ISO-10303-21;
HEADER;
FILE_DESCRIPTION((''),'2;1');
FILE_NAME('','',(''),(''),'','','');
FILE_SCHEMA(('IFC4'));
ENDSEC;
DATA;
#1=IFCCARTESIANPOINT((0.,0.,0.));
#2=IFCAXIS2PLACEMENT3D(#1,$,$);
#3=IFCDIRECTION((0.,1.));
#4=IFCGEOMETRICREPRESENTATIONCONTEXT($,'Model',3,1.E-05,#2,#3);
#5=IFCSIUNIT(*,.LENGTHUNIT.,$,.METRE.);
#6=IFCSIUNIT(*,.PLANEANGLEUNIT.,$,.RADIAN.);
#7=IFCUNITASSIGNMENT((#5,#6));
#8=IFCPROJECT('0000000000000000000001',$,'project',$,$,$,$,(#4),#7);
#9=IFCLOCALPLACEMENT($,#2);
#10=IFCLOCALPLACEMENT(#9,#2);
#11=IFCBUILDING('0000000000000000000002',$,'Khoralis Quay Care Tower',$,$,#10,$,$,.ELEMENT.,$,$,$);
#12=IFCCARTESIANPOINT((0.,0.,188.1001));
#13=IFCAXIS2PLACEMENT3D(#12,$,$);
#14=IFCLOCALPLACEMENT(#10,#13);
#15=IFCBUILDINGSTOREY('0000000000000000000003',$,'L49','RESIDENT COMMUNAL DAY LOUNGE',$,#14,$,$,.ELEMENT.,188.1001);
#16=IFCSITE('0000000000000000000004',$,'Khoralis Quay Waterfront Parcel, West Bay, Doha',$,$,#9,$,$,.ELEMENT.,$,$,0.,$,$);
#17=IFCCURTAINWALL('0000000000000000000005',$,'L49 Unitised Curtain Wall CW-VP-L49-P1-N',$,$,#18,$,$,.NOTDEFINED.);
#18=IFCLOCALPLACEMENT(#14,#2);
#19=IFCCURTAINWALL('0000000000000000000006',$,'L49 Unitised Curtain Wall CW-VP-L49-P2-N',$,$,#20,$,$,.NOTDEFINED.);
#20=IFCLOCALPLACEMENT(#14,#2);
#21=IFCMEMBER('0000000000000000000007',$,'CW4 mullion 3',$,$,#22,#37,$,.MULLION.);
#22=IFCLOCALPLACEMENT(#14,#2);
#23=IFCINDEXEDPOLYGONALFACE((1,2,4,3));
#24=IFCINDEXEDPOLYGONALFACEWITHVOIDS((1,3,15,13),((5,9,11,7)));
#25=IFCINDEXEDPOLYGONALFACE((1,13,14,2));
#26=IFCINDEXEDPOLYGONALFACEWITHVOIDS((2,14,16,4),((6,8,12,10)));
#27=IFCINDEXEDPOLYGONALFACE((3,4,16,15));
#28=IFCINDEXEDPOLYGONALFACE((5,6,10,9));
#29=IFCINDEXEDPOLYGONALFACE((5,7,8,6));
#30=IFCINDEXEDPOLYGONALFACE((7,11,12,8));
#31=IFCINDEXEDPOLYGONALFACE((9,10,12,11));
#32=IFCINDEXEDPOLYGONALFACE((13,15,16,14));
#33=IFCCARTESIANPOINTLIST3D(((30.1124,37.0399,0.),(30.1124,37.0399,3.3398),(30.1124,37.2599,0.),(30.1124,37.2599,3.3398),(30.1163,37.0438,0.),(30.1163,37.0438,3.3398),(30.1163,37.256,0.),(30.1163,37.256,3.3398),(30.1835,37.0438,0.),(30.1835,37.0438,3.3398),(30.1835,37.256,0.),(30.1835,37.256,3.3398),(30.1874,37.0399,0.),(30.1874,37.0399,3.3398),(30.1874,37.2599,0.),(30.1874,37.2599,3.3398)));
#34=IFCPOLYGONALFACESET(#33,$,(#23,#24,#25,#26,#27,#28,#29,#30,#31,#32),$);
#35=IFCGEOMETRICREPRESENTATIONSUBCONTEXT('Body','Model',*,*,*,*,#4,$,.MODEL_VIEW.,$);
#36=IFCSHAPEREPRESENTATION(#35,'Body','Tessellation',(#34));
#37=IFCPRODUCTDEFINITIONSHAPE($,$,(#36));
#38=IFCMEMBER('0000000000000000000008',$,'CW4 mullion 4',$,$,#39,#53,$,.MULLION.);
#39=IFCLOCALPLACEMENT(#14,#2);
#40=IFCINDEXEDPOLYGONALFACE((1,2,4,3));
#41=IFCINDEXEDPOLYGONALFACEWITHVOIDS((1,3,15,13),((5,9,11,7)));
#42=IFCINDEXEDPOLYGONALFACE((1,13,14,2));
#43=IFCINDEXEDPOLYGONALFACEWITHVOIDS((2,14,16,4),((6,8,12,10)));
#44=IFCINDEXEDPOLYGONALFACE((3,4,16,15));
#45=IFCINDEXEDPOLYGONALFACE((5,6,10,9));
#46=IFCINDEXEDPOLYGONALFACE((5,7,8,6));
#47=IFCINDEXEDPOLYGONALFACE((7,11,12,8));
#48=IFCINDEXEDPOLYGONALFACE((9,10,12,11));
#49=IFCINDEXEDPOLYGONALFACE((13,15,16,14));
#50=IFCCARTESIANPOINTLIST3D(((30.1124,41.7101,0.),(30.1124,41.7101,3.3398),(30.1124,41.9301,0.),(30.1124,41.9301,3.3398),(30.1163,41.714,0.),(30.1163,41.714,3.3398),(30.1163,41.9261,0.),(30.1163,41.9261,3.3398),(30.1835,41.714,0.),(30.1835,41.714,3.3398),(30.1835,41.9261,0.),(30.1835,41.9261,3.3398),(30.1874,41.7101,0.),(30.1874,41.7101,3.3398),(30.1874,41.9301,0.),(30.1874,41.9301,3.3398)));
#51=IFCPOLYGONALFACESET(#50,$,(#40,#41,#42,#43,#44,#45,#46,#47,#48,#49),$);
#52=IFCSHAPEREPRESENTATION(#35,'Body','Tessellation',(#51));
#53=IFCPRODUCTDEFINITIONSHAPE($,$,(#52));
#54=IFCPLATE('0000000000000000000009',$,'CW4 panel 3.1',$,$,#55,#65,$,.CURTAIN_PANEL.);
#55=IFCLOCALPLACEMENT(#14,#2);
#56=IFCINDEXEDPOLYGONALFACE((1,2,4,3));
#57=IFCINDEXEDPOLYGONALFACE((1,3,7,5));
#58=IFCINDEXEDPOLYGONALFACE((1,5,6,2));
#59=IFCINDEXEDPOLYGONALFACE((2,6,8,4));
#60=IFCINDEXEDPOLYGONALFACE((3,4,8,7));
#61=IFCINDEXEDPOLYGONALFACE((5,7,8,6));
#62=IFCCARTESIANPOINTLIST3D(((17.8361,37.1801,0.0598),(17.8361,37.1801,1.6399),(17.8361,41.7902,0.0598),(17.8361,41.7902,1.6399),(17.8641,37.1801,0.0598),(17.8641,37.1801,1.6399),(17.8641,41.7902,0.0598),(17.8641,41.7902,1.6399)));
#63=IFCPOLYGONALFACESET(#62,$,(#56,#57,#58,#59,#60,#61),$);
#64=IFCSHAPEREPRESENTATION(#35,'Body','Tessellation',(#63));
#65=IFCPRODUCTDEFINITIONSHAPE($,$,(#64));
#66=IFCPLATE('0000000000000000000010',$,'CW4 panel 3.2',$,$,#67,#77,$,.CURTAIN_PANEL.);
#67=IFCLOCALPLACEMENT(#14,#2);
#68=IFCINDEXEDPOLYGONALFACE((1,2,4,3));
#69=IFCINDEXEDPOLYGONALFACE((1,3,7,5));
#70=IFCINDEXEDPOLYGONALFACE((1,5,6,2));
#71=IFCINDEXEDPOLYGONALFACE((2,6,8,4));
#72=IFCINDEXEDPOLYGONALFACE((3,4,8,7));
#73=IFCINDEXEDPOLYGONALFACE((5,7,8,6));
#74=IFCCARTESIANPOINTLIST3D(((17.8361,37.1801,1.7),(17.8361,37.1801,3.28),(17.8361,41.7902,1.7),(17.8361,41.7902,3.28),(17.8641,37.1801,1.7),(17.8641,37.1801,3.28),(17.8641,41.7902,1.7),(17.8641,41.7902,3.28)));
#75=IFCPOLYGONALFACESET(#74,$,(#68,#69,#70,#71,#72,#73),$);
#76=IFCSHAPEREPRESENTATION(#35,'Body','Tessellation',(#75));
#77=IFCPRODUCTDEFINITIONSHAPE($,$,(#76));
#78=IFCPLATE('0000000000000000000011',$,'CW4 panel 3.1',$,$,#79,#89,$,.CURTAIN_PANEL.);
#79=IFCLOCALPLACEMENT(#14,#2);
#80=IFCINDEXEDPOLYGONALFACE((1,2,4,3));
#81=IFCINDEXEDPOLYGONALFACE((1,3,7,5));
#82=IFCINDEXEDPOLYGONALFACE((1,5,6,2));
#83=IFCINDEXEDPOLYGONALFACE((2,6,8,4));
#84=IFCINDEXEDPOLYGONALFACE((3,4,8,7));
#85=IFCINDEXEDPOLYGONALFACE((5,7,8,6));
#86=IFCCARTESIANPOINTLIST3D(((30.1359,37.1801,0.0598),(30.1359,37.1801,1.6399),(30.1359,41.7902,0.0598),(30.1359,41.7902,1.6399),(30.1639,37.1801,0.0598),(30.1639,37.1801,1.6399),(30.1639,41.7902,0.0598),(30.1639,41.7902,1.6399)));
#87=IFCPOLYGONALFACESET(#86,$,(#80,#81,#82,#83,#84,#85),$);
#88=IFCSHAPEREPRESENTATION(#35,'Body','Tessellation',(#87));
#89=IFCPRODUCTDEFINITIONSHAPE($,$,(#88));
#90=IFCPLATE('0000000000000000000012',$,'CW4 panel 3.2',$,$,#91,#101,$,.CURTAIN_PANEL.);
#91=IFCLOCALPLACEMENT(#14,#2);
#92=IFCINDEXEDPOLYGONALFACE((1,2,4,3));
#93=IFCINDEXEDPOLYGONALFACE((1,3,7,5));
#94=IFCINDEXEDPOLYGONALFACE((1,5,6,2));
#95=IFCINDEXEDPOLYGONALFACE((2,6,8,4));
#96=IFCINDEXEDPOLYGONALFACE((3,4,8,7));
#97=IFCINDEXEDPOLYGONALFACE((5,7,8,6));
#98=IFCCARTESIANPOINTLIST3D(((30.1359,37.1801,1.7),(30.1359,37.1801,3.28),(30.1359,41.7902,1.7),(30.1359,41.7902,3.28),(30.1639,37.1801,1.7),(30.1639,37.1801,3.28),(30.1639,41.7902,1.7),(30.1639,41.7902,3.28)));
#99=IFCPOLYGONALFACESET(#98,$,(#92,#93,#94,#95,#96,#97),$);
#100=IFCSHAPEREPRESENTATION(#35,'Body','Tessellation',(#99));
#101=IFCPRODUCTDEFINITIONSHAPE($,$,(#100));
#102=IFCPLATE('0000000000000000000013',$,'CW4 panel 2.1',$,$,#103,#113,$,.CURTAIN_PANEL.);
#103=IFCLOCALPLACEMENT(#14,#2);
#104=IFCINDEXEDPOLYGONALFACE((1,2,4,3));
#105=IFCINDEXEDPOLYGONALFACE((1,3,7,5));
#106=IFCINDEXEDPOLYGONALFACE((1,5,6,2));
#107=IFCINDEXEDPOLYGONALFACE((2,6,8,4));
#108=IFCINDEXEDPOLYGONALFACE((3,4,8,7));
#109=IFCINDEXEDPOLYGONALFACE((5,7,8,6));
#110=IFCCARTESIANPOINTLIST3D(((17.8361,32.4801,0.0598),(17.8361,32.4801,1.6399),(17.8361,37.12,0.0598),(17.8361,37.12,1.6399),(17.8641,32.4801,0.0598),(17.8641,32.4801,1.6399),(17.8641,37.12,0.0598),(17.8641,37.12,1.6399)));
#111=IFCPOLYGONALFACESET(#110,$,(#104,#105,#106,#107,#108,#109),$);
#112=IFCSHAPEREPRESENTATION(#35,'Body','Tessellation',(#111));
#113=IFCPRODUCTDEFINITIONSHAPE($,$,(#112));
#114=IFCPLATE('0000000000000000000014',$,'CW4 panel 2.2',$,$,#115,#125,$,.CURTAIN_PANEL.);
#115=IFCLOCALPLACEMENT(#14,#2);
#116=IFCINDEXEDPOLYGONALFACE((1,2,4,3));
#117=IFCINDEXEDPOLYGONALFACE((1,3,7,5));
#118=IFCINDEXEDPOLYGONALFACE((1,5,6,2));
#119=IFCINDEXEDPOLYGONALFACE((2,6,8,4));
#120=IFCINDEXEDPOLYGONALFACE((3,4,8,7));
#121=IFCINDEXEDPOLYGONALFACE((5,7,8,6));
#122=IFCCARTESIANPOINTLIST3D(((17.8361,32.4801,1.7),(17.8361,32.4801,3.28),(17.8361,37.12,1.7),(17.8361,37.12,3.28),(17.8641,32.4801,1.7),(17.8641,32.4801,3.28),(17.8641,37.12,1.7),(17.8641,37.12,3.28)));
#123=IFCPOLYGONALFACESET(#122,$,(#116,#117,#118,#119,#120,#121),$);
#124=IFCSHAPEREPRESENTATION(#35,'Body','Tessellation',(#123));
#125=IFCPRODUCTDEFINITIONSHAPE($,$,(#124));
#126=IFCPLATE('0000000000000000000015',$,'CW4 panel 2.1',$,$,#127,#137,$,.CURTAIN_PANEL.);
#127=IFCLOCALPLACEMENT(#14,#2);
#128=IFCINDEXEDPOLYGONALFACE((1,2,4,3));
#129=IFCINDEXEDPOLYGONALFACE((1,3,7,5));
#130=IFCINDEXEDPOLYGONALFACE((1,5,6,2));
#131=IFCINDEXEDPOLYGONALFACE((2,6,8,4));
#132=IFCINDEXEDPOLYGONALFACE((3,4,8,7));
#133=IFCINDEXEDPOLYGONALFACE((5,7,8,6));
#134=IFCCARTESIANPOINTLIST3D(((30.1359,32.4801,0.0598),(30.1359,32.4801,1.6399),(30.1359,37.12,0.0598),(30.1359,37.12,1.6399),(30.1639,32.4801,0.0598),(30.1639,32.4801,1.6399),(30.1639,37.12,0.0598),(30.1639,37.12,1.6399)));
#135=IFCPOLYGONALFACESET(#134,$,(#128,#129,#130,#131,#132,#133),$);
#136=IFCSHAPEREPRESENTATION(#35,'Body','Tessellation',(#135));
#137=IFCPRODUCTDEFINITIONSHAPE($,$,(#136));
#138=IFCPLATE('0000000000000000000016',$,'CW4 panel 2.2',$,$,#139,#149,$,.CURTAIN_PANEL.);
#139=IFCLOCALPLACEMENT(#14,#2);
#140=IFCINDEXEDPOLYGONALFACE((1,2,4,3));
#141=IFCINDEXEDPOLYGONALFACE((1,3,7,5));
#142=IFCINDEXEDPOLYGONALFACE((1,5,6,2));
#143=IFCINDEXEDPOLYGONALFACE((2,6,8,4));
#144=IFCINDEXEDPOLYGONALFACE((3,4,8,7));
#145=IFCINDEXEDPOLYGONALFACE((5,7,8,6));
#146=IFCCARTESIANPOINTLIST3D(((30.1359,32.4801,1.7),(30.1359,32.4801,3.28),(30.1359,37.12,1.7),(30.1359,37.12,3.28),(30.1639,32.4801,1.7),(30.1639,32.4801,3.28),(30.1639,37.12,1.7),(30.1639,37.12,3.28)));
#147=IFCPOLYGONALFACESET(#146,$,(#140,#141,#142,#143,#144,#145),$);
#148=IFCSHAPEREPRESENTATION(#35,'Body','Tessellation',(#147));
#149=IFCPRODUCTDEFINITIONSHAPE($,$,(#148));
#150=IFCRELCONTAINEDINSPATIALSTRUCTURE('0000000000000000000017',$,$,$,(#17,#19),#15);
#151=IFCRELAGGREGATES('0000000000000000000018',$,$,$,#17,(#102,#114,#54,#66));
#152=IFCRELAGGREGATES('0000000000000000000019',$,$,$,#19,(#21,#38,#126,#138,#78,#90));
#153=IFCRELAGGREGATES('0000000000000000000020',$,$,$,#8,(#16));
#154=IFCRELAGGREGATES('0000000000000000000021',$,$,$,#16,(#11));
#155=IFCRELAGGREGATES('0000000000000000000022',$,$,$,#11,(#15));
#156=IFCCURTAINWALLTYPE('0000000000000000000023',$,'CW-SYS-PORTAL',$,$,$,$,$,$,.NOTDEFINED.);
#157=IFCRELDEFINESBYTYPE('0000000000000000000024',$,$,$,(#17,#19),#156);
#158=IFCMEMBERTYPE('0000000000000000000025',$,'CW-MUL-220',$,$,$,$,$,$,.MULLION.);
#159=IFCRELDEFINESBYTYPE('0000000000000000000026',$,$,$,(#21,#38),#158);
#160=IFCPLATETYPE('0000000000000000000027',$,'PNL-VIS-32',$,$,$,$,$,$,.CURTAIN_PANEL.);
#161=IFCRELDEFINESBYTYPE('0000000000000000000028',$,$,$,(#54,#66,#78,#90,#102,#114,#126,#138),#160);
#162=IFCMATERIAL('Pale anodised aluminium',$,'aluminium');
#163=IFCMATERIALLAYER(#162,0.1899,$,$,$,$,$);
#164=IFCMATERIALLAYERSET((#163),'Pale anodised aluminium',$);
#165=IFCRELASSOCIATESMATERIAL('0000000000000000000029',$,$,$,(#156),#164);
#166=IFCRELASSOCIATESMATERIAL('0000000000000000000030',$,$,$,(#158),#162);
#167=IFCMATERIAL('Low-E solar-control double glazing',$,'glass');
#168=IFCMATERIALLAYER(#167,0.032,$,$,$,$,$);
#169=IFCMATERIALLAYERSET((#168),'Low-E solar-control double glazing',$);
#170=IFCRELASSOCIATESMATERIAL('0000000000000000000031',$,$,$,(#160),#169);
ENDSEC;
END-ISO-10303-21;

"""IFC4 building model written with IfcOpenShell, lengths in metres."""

from ifc_helpers import new_model, si_unit, direction, frame, origin, origin_2d, place, context, subcontext, project, spatial, rectangle, hollow_rectangle, extrude, source, transform, mapped, material, layer, layer_set, material_profile, profile_set, type_object, element, aggregate, save


model = new_model("IFC4")

# Units and contexts
model_context = context("Model", 3, precision=1e-05, world=origin(), true_north=direction((0.0, 1.0)))
body_context = subcontext(model_context, "Body", "Model", "MODEL_VIEW")
ifc_project = project(units=[si_unit("LENGTHUNIT", "METRE"), si_unit("PLANEANGLEUNIT", "RADIAN")], contexts=[model_context])

# Site, building, storey
site_placement = place(None, origin())
site = spatial("IfcSite", under=ifc_project, at=site_placement, Name="Khoralis Quay Waterfront Parcel, West Bay, Doha", CompositionType="ELEMENT", RefElevation=0.0)
building_placement = place(site_placement, origin())
building = spatial("IfcBuilding", under=site, at=building_placement, Name="Khoralis Quay Care Tower", CompositionType="ELEMENT")
storey_placement = place(building_placement, frame((0.0, 0.0, 188.1001)))
storey = spatial("IfcBuildingStorey", under=building, at=storey_placement, Name="L49", Description="RESIDENT COMMUNAL DAY LOUNGE", CompositionType="ELEMENT", Elevation=188.1001)

# Curtain walls
ifc_material_1 = material(Name="Pale anodised aluminium", Category="aluminium")
ifc_layer_1 = layer(ifc_material_1, 0.1899)
ifc_layer_set_1 = layer_set([ifc_layer_1], Name="Pale anodised aluminium")
curtain_wall_type = type_object("IfcCurtainWallType", Name="CW-SYS-PORTAL", PredefinedType="NOTDEFINED", material=ifc_layer_set_1)
curtain_wall_1_placement = place(storey_placement, origin())
curtain_wall_1 = element("IfcCurtainWall", 1, at=curtain_wall_1_placement, inside=storey, type_object=curtain_wall_type, Name="L49 Unitised Curtain Wall CW-VP-L49-P1-N", PredefinedType="NOTDEFINED")
curtain_wall_2_placement = place(storey_placement, origin())
curtain_wall_2 = element("IfcCurtainWall", 2, at=curtain_wall_2_placement, inside=storey, type_object=curtain_wall_type, Name="L49 Unitised Curtain Wall CW-VP-L49-P2-N", PredefinedType="NOTDEFINED")

# Members
ifc_material_profile_1 = material_profile(ifc_material_1, hollow_rectangle(XDim=0.075, YDim=0.22, WallThickness=0.0039, at=origin_2d()), Name="Pale anodised aluminium")
ifc_profile_set_1 = profile_set([ifc_material_profile_1], Name="Pale anodised aluminium")
member_type_1 = type_object("IfcMemberType", Name="CW-MUL-220", PredefinedType="MULLION", material=ifc_profile_set_1)
shared_shape_1 = source(origin(), body_context, "Body", "SweptSolid", [
    extrude(hollow_rectangle(XDim=0.075, YDim=0.22, WallThickness=0.0039, at=origin_2d()), origin(), (0.0, 0.0, 1.0), 3.3398),
])
member_1_placement = place(storey_placement, frame((30.1499, 37.1499, 0.0), z_axis=(0.0, 0.0, 1.0), x_axis=(-1.0, 0.0, 0.0)))
member_1 = element("IfcMember", 3, at=member_1_placement, type_object=member_type_1, Name="CW4 mullion 3", PredefinedType="MULLION", context=body_context, shape_type="MappedRepresentation", body=[
    mapped(shared_shape_1, transform((0.0, 0.0, 0.0), scale=1.0)),
])
member_2_placement = place(storey_placement, frame((30.1499, 41.8201, 0.0), z_axis=(0.0, 0.0, 1.0), x_axis=(-1.0, 0.0, 0.0)))
member_2 = element("IfcMember", 4, at=member_2_placement, type_object=member_type_1, Name="CW4 mullion 4", PredefinedType="MULLION", context=body_context, shape_type="MappedRepresentation", body=[
    mapped(shared_shape_1, transform((0.0, 0.0, 0.0), scale=1.0)),
])

# Plates
ifc_material_2 = material(Name="Low-E solar-control double glazing", Category="glass")
ifc_layer_2 = layer(ifc_material_2, 0.032)
ifc_layer_set_2 = layer_set([ifc_layer_2], Name="Low-E solar-control double glazing")
plate_type = type_object("IfcPlateType", Name="PNL-VIS-32", PredefinedType="CURTAIN_PANEL", material=ifc_layer_set_2)
shared_shape_2 = source(origin(), body_context, "Body", "SweptSolid", [
    extrude(rectangle(XDim=4.6101, YDim=0.0281, at=origin_2d()), origin(), (0.0, 0.0, 1.0), 1.5801),
])
plate_1_placement = place(storey_placement, frame((17.8501, 39.4851, 0.0598), z_axis=(0.0, 0.0, 1.0), x_axis=(0.0, 1.0, 0.0)))
plate_1 = element("IfcPlate", 5, at=plate_1_placement, type_object=plate_type, Name="CW4 panel 3.1", PredefinedType="CURTAIN_PANEL", context=body_context, shape_type="MappedRepresentation", body=[
    mapped(shared_shape_2, transform((0.0, 0.0, 0.0), scale=1.0)),
])
plate_2_placement = place(storey_placement, frame((17.8501, 39.4851, 1.7), z_axis=(0.0, 0.0, 1.0), x_axis=(0.0, 1.0, 0.0)))
plate_2 = element("IfcPlate", 6, at=plate_2_placement, type_object=plate_type, Name="CW4 panel 3.2", PredefinedType="CURTAIN_PANEL", context=body_context, shape_type="MappedRepresentation", body=[
    mapped(shared_shape_2, transform((0.0, 0.0, 0.0), scale=1.0)),
])
plate_3_placement = place(storey_placement, frame((30.1499, 39.4851, 0.0598), z_axis=(0.0, 0.0, 1.0), x_axis=(0.0, 1.0, 0.0)))
plate_3 = element("IfcPlate", 7, at=plate_3_placement, type_object=plate_type, Name="CW4 panel 3.1", PredefinedType="CURTAIN_PANEL", context=body_context, shape_type="MappedRepresentation", body=[
    mapped(shared_shape_2, transform((0.0, 0.0, 0.0), scale=1.0)),
])
plate_4_placement = place(storey_placement, frame((30.1499, 39.4851, 1.7), z_axis=(0.0, 0.0, 1.0), x_axis=(0.0, 1.0, 0.0)))
plate_4 = element("IfcPlate", 8, at=plate_4_placement, type_object=plate_type, Name="CW4 panel 3.2", PredefinedType="CURTAIN_PANEL", context=body_context, shape_type="MappedRepresentation", body=[
    mapped(shared_shape_2, transform((0.0, 0.0, 0.0), scale=1.0)),
])
shared_shape_3 = source(origin(), body_context, "Body", "SweptSolid", [
    extrude(rectangle(XDim=4.6399, YDim=0.0281, at=origin_2d()), origin(), (0.0, 0.0, 1.0), 1.5801),
])
plate_5_placement = place(storey_placement, frame((17.8501, 34.8, 0.0598), z_axis=(0.0, 0.0, 1.0), x_axis=(0.0, 1.0, 0.0)))
plate_5 = element("IfcPlate", 9, at=plate_5_placement, type_object=plate_type, Name="CW4 panel 2.1", PredefinedType="CURTAIN_PANEL", context=body_context, shape_type="MappedRepresentation", body=[
    mapped(shared_shape_3, transform((0.0, 0.0, 0.0), scale=1.0)),
])
plate_6_placement = place(storey_placement, frame((17.8501, 34.8, 1.7), z_axis=(0.0, 0.0, 1.0), x_axis=(0.0, 1.0, 0.0)))
plate_6 = element("IfcPlate", 10, at=plate_6_placement, type_object=plate_type, Name="CW4 panel 2.2", PredefinedType="CURTAIN_PANEL", context=body_context, shape_type="MappedRepresentation", body=[
    mapped(shared_shape_3, transform((0.0, 0.0, 0.0), scale=1.0)),
])
aggregate(curtain_wall_1, [plate_5, plate_6, plate_1, plate_2])
plate_7_placement = place(storey_placement, frame((30.1499, 34.8, 0.0598), z_axis=(0.0, 0.0, 1.0), x_axis=(0.0, 1.0, 0.0)))
plate_7 = element("IfcPlate", 11, at=plate_7_placement, type_object=plate_type, Name="CW4 panel 2.1", PredefinedType="CURTAIN_PANEL", context=body_context, shape_type="MappedRepresentation", body=[
    mapped(shared_shape_3, transform((0.0, 0.0, 0.0), scale=1.0)),
])
plate_8_placement = place(storey_placement, frame((30.1499, 34.8, 1.7), z_axis=(0.0, 0.0, 1.0), x_axis=(0.0, 1.0, 0.0)))
plate_8 = element("IfcPlate", 12, at=plate_8_placement, type_object=plate_type, Name="CW4 panel 2.2", PredefinedType="CURTAIN_PANEL", context=body_context, shape_type="MappedRepresentation", body=[
    mapped(shared_shape_3, transform((0.0, 0.0, 0.0), scale=1.0)),
])
aggregate(curtain_wall_2, [member_1, member_2, plate_7, plate_8, plate_3, plate_4])

save(model, "model.ifc")
